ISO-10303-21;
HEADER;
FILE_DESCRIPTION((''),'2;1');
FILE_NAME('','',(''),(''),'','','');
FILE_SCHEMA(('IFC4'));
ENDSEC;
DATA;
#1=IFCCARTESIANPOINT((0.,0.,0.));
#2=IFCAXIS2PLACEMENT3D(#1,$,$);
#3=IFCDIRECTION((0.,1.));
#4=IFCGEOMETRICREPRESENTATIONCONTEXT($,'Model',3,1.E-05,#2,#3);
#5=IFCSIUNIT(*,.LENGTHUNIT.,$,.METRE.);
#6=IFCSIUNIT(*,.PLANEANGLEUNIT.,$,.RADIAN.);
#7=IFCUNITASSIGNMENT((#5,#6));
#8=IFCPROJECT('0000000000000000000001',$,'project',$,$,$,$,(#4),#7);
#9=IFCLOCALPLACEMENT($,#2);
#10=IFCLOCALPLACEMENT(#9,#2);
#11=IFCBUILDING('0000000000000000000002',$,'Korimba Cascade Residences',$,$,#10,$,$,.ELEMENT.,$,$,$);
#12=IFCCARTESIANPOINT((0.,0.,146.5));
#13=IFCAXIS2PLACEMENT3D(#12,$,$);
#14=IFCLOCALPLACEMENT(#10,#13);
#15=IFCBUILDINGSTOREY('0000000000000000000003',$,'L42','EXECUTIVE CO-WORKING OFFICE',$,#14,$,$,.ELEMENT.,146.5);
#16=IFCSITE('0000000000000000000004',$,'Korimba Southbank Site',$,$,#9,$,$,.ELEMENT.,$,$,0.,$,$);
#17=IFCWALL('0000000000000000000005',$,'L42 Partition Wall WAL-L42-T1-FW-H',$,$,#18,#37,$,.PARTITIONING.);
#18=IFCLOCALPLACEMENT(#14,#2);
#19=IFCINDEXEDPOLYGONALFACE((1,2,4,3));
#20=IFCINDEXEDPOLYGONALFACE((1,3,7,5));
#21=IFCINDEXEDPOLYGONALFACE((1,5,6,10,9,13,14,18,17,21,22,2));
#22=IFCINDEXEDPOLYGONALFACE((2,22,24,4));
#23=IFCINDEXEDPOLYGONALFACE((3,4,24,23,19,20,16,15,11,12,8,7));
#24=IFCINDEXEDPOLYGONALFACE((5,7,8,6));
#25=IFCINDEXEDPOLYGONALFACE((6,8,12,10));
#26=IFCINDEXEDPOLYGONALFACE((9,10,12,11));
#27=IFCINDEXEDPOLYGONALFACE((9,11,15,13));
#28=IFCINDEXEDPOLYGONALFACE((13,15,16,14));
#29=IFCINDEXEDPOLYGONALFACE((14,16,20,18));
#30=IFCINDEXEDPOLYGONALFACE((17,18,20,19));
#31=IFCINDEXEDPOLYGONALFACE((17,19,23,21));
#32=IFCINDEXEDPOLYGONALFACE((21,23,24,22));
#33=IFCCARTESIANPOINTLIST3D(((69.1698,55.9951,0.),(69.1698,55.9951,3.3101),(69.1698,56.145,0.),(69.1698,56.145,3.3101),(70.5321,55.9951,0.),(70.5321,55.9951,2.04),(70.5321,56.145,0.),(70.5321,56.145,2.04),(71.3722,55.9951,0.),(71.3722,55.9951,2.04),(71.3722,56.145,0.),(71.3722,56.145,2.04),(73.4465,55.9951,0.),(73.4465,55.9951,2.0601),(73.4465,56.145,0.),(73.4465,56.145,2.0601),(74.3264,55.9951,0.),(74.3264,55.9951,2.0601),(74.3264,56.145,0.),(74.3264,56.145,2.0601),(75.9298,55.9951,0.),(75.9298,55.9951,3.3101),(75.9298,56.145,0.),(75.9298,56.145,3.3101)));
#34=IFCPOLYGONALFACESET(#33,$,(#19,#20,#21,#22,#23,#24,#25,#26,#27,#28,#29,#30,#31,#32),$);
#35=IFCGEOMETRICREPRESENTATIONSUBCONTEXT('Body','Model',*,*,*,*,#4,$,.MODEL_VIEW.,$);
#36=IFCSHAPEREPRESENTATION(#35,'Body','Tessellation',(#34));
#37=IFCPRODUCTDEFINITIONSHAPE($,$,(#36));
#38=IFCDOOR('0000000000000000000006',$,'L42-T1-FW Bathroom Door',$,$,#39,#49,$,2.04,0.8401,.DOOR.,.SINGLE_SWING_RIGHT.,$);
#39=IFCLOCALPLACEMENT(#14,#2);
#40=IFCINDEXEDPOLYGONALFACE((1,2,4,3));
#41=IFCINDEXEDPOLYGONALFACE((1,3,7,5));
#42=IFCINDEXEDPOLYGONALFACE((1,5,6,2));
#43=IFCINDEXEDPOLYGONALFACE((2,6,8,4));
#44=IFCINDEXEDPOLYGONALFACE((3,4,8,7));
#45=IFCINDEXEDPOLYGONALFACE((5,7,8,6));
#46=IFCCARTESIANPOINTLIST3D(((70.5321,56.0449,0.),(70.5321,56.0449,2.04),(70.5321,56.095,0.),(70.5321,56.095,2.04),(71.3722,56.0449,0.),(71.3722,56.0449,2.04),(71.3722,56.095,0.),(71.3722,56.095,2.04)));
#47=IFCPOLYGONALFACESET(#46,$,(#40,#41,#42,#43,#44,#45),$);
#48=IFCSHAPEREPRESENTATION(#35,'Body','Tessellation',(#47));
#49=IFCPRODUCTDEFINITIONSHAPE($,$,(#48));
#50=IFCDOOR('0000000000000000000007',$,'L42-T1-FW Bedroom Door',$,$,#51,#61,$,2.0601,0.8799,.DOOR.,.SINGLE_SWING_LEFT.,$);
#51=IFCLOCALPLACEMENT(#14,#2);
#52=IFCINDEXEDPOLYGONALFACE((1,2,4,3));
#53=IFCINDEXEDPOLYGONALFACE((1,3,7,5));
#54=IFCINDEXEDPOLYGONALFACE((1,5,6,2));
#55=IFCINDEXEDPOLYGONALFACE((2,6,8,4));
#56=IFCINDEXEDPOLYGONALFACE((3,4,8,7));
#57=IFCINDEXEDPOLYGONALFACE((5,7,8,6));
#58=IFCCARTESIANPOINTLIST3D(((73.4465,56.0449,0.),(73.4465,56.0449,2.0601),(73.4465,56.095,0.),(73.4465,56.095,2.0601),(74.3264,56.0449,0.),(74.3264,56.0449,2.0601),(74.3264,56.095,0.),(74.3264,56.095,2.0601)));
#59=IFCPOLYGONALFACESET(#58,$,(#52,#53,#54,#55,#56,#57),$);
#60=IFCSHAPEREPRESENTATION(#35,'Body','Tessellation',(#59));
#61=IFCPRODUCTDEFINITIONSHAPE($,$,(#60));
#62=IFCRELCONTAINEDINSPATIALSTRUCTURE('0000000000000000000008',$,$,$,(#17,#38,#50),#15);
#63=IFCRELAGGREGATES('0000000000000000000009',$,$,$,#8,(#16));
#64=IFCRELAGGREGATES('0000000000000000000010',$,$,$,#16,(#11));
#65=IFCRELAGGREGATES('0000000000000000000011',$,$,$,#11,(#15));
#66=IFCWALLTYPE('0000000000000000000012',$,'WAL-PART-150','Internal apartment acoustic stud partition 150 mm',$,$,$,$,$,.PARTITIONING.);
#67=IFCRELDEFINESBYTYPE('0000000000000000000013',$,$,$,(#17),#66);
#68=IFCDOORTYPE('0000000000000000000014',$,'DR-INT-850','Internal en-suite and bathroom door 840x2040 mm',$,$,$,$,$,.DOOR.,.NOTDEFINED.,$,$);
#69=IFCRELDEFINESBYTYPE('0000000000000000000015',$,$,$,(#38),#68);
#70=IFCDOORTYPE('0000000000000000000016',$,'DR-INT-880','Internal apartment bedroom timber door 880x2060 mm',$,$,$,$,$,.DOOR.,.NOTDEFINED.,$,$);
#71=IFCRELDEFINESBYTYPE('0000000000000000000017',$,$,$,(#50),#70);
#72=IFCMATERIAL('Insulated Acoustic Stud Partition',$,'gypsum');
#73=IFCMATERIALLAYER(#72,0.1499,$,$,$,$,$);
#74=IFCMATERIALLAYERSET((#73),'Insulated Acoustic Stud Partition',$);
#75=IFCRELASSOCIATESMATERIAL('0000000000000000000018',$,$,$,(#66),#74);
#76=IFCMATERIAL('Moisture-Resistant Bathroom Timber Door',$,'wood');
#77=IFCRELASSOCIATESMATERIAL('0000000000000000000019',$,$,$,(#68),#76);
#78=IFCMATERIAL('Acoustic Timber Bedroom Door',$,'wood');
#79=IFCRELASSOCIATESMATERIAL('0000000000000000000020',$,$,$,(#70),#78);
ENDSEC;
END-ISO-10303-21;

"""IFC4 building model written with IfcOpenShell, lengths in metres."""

from ifc_helpers import new_model, si_unit, direction, frame, frame_2d, origin, place, context, subcontext, project, spatial, rectangle, extrude, material, layer, layer_set, type_object, element, fill, save


model = new_model("IFC4")

# Units and contexts
model_context = context("Model", 3, precision=1e-05, world=origin(), true_north=direction((0.0, 1.0)))
body_context = subcontext(model_context, "Body", "Model", "MODEL_VIEW")
ifc_project = project(units=[si_unit("LENGTHUNIT", "METRE"), si_unit("PLANEANGLEUNIT", "RADIAN")], contexts=[model_context])

# Site, building, storey
site_placement = place(None, origin())
site = spatial("IfcSite", under=ifc_project, at=site_placement, Name="Korimba Southbank Site", CompositionType="ELEMENT", RefElevation=0.0)
building_placement = place(site_placement, origin())
building = spatial("IfcBuilding", under=site, at=building_placement, Name="Korimba Cascade Residences", CompositionType="ELEMENT")
storey_placement = place(building_placement, frame((0.0, 0.0, 146.5)))
storey = spatial("IfcBuildingStorey", under=building, at=storey_placement, Name="L42", Description="EXECUTIVE CO-WORKING OFFICE", CompositionType="ELEMENT", Elevation=146.5)

# Shared definitions
ifc_material_1 = material(Name="Insulated Acoustic Stud Partition", Category="gypsum")
ifc_layer_1 = layer(ifc_material_1, 0.1499)
ifc_layer_set_1 = layer_set([ifc_layer_1], Name="Insulated Acoustic Stud Partition")
wall_type_1 = type_object("IfcWallType", Name="WAL-PART-150", Description="Internal apartment acoustic stud partition 150 mm", PredefinedType="PARTITIONING", material=ifc_layer_set_1)
ifc_material_2 = material(Name="Moisture-Resistant Bathroom Timber Door", Category="wood")
door_type_1 = type_object("IfcDoorType", Name="DR-INT-850", Description="Internal en-suite and bathroom door 840x2040 mm", OperationType="NOTDEFINED", PredefinedType="DOOR", material=ifc_material_2)
ifc_material_3 = material(Name="Acoustic Timber Bedroom Door", Category="wood")
door_type_2 = type_object("IfcDoorType", Name="DR-INT-880", Description="Internal apartment bedroom timber door 880x2060 mm", OperationType="NOTDEFINED", PredefinedType="DOOR", material=ifc_material_3)

# Wall, openings, doors
wall_1_placement = place(storey_placement, frame((69.1699, 56.0701, 0.0), z_axis=(0.0, 0.0, 1.0), x_axis=(1.0, 0.0, 0.0)))
wall_1 = element("IfcWall", 1, at=wall_1_placement, inside=storey, type_object=wall_type_1, Name="L42 Partition Wall WAL-L42-T1-FW-H", PredefinedType="PARTITIONING", context=body_context, shape_type="SweptSolid", body=[
    extrude(rectangle(XDim=6.76, YDim=0.1499, at=frame_2d((3.3799, 0.0))), origin(), (0.0, 0.0, 1.0), 3.3101),
])
opening_1_placement = place(wall_1_placement, frame((1.3623, 0.0, 0.0)))
opening_1 = element("IfcOpeningElement", 2, at=opening_1_placement, cuts=wall_1, PredefinedType="OPENING", context=body_context, shape_type="SweptSolid", body=[
    extrude(rectangle(XDim=0.8401, YDim=2.04, at=frame_2d((0.4199, 1.02))), frame((0.0, 0.085, 0.0), z_axis=(0.0, -1.0, 0.0), x_axis=(1.0, 0.0, 0.0)), (0.0, 0.0, 1.0), 0.1699),
])
opening_2_placement = place(wall_1_placement, frame((4.2766, 0.0, 0.0)))
opening_2 = element("IfcOpeningElement", 3, at=opening_2_placement, cuts=wall_1, PredefinedType="OPENING", context=body_context, shape_type="SweptSolid", body=[
    extrude(rectangle(XDim=0.8799, YDim=2.0601, at=frame_2d((0.4399, 1.03))), frame((0.0, 0.085, 0.0), z_axis=(0.0, -1.0, 0.0), x_axis=(1.0, 0.0, 0.0)), (0.0, 0.0, 1.0), 0.1699),
])
door_1_placement = place(opening_1_placement, origin())
door_1 = element("IfcDoor", 4, at=door_1_placement, inside=storey, type_object=door_type_1, Name="L42-T1-FW Bathroom Door", OperationType="SINGLE_SWING_RIGHT", OverallHeight=2.04, OverallWidth=0.8401, PredefinedType="DOOR", context=body_context, shape_type="SweptSolid", body=[
    extrude(rectangle(XDim=0.8401, YDim=2.04, at=frame_2d((0.4199, 1.02))), frame((0.0, 0.0249, 0.0), z_axis=(0.0, -1.0, 0.0), x_axis=(1.0, 0.0, 0.0)), (0.0, 0.0, 1.0), 0.05),
])
fill(opening_1, door_1)
door_2_placement = place(opening_2_placement, origin())
door_2 = element("IfcDoor", 5, at=door_2_placement, inside=storey, type_object=door_type_2, Name="L42-T1-FW Bedroom Door", OperationType="SINGLE_SWING_LEFT", OverallHeight=2.0601, OverallWidth=0.8799, PredefinedType="DOOR", context=body_context, shape_type="SweptSolid", body=[
    extrude(rectangle(XDim=0.8799, YDim=2.0601, at=frame_2d((0.4399, 1.03))), frame((0.0, 0.0249, 0.0), z_axis=(0.0, -1.0, 0.0), x_axis=(1.0, 0.0, 0.0)), (0.0, 0.0, 1.0), 0.05),
])
fill(opening_2, door_2)

save(model, "model.ifc")
